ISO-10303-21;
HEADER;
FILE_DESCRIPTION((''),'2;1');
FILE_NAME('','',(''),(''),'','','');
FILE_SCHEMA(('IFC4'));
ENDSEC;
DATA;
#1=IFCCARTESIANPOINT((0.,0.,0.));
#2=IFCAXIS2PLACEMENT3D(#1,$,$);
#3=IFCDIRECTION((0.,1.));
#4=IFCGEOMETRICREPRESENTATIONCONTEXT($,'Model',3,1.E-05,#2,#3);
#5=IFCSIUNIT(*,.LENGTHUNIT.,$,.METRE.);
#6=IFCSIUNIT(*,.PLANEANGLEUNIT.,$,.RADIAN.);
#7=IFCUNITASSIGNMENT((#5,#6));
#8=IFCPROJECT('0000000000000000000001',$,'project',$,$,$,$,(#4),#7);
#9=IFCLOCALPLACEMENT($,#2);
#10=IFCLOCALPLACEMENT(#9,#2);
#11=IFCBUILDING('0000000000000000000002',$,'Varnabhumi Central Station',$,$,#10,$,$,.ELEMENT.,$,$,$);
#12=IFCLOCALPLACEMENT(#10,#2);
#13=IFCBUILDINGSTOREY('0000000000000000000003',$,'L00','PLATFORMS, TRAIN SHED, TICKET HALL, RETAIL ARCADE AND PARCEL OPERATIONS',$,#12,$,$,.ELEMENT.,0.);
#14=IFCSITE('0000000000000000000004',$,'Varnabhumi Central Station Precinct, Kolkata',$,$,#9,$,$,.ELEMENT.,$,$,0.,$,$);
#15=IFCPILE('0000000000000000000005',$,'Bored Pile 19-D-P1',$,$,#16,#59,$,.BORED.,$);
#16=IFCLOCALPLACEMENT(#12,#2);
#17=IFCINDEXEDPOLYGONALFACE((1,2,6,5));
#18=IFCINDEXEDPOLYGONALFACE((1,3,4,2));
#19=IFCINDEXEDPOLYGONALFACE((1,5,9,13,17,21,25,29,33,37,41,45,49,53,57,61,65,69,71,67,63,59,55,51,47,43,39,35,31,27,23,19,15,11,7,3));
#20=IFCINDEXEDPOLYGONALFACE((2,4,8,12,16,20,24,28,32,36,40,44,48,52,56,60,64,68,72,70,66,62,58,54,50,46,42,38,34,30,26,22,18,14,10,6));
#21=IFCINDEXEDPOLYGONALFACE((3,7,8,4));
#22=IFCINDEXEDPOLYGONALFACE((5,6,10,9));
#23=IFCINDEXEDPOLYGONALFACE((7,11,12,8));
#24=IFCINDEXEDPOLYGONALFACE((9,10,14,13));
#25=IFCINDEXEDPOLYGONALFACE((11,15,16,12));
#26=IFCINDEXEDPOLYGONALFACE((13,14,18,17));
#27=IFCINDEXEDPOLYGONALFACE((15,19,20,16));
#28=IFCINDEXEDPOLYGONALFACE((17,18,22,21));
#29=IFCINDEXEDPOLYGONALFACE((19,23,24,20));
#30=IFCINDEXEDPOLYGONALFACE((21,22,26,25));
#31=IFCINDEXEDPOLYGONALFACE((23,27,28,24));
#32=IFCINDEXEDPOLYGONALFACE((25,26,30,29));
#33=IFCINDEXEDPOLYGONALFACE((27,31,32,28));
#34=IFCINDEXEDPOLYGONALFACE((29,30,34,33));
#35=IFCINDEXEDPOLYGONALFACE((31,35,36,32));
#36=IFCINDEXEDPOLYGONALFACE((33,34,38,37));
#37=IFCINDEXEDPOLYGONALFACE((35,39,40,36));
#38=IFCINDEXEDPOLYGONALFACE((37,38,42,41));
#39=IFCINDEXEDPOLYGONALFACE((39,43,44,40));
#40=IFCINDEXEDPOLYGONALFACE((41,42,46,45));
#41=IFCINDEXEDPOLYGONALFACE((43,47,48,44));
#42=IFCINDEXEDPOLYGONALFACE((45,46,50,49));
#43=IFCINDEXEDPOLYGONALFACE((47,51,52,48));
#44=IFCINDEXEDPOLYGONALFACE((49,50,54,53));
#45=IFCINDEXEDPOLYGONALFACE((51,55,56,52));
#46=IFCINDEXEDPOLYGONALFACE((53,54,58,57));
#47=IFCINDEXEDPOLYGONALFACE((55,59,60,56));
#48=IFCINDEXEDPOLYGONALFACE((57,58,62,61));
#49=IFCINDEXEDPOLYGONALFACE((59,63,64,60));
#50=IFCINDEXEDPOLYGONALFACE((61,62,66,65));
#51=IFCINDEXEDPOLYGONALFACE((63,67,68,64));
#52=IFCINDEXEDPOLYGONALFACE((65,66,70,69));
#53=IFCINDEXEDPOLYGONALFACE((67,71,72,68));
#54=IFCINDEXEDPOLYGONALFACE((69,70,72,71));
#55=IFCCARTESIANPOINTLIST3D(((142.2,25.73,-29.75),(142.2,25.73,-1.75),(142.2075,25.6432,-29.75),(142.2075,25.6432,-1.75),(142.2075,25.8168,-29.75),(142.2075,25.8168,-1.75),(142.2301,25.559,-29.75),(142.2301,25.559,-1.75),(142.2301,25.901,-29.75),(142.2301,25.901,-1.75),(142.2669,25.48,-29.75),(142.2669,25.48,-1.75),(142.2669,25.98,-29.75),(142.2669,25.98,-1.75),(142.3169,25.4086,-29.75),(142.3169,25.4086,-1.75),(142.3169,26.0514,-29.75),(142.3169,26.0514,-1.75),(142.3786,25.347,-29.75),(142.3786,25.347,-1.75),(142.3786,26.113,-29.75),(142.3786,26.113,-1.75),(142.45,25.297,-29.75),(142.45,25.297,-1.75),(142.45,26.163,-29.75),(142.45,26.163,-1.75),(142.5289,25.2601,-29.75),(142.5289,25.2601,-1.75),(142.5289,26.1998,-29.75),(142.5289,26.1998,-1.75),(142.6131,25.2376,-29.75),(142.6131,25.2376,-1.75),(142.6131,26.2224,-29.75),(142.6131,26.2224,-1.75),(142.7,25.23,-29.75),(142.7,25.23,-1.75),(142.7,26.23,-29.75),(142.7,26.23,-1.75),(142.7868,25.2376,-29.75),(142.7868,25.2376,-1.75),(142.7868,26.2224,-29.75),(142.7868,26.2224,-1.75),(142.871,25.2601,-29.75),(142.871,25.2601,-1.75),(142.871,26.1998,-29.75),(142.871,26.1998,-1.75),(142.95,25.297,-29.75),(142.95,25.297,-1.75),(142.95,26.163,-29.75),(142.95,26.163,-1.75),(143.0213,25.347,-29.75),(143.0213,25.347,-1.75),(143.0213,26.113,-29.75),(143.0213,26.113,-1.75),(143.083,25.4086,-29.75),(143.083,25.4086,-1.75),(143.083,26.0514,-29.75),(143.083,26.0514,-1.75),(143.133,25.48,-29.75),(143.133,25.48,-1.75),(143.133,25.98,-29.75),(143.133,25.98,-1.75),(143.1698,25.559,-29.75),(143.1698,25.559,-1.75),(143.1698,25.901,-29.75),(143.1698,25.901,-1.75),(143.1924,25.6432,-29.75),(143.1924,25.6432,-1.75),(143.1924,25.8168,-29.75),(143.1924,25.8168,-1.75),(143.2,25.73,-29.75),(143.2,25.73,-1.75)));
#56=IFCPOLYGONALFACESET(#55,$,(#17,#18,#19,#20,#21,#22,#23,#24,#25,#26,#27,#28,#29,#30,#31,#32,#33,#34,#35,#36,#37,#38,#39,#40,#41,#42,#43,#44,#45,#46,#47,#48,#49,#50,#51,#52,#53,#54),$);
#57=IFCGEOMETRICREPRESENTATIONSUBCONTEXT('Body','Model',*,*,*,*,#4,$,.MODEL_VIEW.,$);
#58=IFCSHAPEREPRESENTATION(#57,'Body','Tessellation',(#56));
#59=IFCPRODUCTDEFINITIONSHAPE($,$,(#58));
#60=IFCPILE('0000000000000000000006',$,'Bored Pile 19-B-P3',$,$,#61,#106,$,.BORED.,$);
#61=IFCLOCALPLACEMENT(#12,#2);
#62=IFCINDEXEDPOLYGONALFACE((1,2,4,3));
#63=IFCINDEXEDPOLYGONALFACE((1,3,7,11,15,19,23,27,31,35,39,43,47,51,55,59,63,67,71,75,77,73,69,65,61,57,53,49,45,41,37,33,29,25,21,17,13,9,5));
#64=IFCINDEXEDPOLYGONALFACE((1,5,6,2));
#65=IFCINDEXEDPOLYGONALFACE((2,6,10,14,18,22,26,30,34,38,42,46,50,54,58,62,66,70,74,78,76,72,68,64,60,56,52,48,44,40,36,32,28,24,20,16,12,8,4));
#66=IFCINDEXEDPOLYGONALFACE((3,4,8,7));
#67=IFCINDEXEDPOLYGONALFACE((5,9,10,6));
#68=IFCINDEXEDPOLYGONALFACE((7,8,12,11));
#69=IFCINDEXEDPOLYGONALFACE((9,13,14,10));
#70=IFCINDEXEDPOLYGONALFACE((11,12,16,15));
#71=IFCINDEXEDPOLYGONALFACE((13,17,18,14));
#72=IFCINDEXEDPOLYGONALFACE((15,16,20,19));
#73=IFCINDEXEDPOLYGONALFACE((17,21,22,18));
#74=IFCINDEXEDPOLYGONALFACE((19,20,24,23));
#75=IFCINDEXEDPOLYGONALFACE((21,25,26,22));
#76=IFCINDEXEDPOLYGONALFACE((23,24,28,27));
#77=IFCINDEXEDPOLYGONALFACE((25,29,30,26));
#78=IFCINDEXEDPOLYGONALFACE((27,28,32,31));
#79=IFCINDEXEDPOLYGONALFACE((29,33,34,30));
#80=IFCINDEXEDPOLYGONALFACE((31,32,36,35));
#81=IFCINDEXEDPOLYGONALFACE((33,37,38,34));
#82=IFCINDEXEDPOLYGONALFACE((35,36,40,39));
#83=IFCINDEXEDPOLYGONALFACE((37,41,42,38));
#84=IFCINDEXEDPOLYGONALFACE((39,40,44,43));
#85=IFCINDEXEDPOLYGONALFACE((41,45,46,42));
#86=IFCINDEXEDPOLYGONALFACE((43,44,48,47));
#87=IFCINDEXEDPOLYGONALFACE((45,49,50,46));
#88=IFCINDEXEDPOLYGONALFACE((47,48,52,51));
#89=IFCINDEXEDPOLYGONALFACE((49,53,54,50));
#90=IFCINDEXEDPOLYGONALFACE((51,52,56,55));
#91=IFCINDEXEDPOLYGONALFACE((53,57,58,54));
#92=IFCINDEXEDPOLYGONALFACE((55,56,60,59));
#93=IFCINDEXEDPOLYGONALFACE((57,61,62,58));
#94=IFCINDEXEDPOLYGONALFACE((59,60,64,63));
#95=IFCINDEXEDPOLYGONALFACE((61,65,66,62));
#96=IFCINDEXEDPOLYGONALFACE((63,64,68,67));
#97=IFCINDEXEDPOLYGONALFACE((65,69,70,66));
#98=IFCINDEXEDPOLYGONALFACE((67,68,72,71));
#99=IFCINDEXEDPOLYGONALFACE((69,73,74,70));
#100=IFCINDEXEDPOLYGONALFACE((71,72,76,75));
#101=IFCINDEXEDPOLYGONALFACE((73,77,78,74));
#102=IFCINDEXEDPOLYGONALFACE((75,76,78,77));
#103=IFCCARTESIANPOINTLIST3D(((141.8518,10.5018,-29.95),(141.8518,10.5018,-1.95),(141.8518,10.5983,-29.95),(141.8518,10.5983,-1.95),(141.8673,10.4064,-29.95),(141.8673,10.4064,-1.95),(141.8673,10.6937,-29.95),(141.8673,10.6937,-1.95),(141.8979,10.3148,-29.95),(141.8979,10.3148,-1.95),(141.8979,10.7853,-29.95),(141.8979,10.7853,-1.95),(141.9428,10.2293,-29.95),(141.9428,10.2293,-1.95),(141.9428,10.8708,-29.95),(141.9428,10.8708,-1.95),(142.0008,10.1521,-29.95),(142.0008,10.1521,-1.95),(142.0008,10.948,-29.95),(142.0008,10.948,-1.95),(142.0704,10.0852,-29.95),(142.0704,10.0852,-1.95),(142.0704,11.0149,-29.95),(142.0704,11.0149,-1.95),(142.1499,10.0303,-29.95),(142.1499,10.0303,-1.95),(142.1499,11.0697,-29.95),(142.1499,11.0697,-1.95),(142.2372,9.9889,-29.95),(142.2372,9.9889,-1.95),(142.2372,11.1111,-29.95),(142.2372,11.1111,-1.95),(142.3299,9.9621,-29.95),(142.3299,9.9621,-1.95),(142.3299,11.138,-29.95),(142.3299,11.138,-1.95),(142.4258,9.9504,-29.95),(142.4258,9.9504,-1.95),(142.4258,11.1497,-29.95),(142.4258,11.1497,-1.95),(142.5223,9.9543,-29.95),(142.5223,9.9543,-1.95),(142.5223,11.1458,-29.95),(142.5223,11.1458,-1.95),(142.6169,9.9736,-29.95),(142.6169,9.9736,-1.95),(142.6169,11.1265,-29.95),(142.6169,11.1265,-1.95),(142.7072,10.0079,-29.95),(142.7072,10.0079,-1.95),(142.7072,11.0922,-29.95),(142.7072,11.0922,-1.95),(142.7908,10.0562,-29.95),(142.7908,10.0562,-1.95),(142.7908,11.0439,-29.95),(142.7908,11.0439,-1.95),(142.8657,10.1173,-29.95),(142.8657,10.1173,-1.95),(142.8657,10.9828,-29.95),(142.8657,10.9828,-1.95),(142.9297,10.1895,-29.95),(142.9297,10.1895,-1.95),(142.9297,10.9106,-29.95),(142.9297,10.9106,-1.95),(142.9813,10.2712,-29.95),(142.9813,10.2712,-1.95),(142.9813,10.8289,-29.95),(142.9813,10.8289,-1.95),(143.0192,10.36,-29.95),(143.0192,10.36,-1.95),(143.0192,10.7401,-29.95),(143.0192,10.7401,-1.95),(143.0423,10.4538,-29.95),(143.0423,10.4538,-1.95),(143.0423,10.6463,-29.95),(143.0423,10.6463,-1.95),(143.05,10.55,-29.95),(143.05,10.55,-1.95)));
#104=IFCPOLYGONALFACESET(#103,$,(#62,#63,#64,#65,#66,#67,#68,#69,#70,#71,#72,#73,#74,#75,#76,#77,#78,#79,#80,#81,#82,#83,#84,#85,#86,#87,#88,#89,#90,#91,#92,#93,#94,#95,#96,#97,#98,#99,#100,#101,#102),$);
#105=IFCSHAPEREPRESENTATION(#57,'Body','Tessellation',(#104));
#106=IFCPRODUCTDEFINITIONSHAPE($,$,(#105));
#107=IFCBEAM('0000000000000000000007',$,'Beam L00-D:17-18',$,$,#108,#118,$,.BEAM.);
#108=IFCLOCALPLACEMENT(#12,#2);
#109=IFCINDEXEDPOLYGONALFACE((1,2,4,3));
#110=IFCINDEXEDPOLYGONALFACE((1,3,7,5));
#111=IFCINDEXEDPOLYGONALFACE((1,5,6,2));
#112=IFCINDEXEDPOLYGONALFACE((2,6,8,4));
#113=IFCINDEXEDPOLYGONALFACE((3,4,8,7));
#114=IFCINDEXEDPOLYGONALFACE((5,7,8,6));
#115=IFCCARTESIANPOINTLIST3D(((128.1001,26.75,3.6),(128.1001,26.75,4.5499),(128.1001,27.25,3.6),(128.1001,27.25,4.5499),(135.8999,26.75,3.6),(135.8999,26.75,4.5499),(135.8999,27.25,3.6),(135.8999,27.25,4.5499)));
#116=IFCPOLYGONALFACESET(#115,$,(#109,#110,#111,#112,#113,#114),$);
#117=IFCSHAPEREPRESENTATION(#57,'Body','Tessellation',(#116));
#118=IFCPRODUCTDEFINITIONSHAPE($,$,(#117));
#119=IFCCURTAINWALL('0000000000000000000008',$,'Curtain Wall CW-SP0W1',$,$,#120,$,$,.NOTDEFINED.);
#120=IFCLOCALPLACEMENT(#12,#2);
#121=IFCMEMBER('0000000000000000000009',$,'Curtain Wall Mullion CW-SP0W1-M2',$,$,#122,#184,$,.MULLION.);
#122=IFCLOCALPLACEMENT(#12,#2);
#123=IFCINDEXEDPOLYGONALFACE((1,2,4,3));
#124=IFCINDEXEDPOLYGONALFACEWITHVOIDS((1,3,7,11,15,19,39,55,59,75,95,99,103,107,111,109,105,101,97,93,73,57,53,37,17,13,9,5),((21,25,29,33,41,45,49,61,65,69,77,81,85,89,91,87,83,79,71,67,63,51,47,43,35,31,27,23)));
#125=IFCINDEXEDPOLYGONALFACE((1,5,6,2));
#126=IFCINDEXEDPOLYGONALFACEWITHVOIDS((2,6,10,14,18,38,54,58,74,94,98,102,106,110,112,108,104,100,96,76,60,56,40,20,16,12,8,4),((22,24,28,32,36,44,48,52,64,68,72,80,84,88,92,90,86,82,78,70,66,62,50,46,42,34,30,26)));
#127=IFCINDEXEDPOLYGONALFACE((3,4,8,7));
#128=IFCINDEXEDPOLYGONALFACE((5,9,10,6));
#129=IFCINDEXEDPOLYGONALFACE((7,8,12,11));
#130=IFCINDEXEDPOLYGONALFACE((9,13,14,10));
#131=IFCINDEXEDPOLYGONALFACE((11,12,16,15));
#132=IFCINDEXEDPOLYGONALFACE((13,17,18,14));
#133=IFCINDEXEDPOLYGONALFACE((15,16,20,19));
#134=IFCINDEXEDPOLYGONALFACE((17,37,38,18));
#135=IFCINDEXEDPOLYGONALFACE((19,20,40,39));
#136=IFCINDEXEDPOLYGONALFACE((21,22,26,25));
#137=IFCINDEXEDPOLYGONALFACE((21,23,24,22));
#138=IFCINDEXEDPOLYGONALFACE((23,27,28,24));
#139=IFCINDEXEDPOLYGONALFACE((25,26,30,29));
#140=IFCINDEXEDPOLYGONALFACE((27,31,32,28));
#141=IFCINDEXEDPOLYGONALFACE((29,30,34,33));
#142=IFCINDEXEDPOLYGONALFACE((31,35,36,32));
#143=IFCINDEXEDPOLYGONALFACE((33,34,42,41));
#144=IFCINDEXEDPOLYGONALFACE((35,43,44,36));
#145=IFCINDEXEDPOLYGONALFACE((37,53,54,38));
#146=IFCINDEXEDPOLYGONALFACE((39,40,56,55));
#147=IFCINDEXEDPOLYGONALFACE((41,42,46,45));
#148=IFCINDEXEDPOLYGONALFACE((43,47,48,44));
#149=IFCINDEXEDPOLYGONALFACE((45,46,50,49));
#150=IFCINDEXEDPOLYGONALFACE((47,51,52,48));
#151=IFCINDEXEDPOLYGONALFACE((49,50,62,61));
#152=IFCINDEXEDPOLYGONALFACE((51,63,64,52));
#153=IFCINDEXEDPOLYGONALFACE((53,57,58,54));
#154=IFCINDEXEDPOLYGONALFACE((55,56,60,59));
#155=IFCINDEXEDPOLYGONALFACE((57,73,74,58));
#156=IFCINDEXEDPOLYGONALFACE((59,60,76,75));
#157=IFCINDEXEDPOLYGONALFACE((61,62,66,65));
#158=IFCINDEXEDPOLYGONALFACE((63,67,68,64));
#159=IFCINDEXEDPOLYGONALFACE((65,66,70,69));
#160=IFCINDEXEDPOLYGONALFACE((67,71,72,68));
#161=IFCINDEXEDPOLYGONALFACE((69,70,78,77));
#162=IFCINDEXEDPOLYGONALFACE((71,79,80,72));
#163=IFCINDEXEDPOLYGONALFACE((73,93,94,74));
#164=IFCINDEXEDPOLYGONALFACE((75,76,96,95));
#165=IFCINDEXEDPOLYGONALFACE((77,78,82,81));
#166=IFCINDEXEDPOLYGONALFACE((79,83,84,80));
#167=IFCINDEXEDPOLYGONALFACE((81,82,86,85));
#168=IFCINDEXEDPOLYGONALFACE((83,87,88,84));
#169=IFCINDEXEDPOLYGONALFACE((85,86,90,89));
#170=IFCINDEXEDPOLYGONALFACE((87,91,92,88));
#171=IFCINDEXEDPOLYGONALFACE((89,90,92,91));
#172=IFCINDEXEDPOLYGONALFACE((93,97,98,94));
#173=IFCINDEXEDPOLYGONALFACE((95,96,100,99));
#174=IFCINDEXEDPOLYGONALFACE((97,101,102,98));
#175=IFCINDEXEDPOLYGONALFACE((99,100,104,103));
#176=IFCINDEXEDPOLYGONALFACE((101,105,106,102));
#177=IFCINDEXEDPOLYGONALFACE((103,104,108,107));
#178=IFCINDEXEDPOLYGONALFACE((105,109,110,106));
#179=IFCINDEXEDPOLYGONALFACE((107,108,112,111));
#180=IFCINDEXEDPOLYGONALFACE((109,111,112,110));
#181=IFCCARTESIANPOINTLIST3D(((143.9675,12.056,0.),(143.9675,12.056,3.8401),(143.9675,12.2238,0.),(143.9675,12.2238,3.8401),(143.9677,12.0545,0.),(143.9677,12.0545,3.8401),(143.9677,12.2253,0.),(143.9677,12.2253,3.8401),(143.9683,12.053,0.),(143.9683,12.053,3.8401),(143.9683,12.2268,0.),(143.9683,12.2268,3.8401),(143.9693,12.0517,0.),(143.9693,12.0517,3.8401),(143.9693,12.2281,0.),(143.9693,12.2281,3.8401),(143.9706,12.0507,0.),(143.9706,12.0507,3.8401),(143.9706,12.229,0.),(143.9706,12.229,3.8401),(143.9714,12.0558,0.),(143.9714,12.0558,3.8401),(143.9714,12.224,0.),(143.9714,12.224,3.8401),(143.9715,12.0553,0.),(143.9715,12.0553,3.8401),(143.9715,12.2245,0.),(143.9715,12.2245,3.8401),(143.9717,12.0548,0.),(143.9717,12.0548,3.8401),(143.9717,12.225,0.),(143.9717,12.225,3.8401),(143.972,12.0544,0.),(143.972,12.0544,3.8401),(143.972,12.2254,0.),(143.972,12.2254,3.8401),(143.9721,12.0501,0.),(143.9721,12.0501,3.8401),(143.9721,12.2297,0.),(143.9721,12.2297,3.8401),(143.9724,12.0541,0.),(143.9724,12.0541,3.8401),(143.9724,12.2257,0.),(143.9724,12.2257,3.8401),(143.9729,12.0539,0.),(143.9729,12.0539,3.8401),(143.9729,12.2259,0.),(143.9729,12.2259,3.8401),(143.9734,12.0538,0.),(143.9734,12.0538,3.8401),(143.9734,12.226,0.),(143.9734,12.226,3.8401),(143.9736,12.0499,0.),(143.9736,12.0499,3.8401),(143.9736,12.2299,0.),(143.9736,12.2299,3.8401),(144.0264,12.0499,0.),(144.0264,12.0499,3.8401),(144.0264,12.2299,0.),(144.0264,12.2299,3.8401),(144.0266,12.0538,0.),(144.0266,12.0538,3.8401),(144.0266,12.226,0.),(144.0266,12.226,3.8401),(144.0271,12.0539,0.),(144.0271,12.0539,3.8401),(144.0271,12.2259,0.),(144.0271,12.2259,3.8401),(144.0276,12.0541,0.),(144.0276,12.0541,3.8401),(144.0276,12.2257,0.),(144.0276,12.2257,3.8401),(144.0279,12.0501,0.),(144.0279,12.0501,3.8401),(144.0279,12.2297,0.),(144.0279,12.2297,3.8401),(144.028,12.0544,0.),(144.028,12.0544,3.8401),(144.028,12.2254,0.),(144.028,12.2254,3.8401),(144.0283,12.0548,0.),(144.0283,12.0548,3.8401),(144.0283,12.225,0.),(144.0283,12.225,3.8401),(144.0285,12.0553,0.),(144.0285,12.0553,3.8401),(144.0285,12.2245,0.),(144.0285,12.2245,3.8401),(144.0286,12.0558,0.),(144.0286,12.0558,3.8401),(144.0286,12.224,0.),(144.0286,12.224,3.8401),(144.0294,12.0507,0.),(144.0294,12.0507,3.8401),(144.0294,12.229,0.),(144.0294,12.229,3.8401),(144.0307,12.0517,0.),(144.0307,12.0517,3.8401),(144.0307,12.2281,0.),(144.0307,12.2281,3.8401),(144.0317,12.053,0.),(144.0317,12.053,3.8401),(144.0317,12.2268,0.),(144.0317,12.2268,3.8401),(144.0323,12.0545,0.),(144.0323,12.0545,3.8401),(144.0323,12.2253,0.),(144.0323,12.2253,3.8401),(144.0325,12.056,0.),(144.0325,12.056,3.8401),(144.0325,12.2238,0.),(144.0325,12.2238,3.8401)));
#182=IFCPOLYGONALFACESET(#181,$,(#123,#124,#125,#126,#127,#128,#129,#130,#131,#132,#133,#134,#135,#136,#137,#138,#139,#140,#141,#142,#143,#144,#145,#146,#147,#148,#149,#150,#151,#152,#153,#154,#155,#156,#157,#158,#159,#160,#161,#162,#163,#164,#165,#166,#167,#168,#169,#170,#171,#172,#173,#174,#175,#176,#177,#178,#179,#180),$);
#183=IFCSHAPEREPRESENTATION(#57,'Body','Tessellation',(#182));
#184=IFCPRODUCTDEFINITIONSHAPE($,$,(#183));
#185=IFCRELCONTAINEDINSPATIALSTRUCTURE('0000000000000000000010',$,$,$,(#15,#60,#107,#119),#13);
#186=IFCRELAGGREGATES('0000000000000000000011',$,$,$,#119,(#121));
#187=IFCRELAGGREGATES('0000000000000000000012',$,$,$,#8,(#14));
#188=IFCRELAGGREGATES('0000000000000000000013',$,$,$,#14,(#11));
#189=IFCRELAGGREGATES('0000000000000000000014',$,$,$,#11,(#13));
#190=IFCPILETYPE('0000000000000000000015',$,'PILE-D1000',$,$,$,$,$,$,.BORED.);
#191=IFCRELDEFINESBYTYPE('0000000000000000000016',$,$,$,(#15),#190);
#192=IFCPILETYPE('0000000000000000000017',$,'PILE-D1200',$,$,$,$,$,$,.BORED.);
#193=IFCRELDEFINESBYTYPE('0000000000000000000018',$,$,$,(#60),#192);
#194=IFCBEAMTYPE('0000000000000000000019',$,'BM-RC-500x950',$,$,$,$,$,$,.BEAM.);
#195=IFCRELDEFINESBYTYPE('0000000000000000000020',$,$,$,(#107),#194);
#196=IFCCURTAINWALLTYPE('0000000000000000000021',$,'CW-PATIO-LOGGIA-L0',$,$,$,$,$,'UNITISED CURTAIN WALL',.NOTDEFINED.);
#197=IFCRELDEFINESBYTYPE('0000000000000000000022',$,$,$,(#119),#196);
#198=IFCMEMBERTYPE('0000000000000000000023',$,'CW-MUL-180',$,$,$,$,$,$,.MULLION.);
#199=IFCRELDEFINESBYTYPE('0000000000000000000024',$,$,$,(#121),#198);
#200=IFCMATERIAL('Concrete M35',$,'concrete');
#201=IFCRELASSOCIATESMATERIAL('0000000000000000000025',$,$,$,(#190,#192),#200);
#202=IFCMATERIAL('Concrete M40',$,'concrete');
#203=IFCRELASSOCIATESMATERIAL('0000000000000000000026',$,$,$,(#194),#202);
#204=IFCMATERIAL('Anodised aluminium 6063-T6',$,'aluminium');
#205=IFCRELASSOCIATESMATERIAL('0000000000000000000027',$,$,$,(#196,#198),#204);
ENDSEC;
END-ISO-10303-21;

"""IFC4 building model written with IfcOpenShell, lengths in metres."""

from ifc_helpers import new_model, si_unit, direction, frame, origin, origin_2d, place, context, subcontext, project, spatial, rectangle, hollow_rectangle, circle, extrude, material, material_profile, profile_set, type_object, element, aggregate, save


model = new_model("IFC4")

# Units and contexts
model_context = context("Model", 3, precision=1e-05, world=origin(), true_north=direction((0.0, 1.0)))
body_context = subcontext(model_context, "Body", "Model", "MODEL_VIEW")
ifc_project = project(units=[si_unit("LENGTHUNIT", "METRE"), si_unit("PLANEANGLEUNIT", "RADIAN")], contexts=[model_context])

# Site, building, storey
site_placement = place(None, origin())
site = spatial("IfcSite", under=ifc_project, at=site_placement, Name="Varnabhumi Central Station Precinct, Kolkata", CompositionType="ELEMENT", RefElevation=0.0)
building_placement = place(site_placement, origin())
building = spatial("IfcBuilding", under=site, at=building_placement, Name="Varnabhumi Central Station", CompositionType="ELEMENT")
storey_placement = place(building_placement, origin())
storey = spatial("IfcBuildingStorey", under=building, at=storey_placement, Name="L00", Description="PLATFORMS, TRAIN SHED, TICKET HALL, RETAIL ARCADE AND PARCEL OPERATIONS", CompositionType="ELEMENT", Elevation=0.0)

# Shared definitions
ifc_material_1 = material(Name="Concrete M40", Category="concrete")

# Piles
ifc_material_2 = material(Name="Concrete M35", Category="concrete")
ifc_material_profile_1 = material_profile(ifc_material_2, circle(Radius=0.5, at=origin_2d()), Name="Concrete M35", Category="concrete")
ifc_profile_set_1 = profile_set([ifc_material_profile_1], Name="Concrete M35")
pile_type_1 = type_object("IfcPileType", Name="PILE-D1000", PredefinedType="BORED", material=ifc_profile_set_1)
for number, where, z_axis, x_axis, name in (
    (1, (142.7, 25.73, -1.75), (0.0, 0.0, -1.0), (1.0, 0.0, 0.0), "Bored Pile 19-D-P1"),
):
    element("IfcPile", number, at=place(storey_placement, frame(where, z_axis=z_axis, x_axis=x_axis)), inside=storey, type_object=pile_type_1, Name=name, PredefinedType="BORED", context=body_context, shape_type="SweptSolid", body=[
        extrude(circle(Radius=0.5, at=origin_2d()), origin(), (0.0, 0.0, 1.0), 28.0),
    ])
ifc_material_profile_2 = material_profile(ifc_material_2, circle(Radius=0.6001, at=origin_2d()), Name="Concrete M35", Category="concrete")
ifc_profile_set_2 = profile_set([ifc_material_profile_2], Name="Concrete M35")
pile_type_2 = type_object("IfcPileType", Name="PILE-D1200", PredefinedType="BORED", material=ifc_profile_set_2)
pile_placement = place(storey_placement, frame((142.45, 10.55, -1.95), z_axis=(0.0, 0.0, -1.0), x_axis=(1.0, 0.0, 0.0)))
element("IfcPile", 2, at=pile_placement, inside=storey, type_object=pile_type_2, Name="Bored Pile 19-B-P3", PredefinedType="BORED", context=body_context, shape_type="SweptSolid", body=[
    extrude(circle(Radius=0.6001, at=origin_2d()), origin(), (0.0, 0.0, 1.0), 28.0),
])

# Beam
ifc_material_profile_3 = material_profile(ifc_material_1, rectangle(XDim=0.5, YDim=0.95, at=origin_2d()), Name="Concrete M40", Category="concrete")
ifc_profile_set_3 = profile_set([ifc_material_profile_3], Name="Concrete M40")
beam_type = type_object("IfcBeamType", Name="BM-RC-500x950", PredefinedType="BEAM", material=ifc_profile_set_3)
beam_placement = place(storey_placement, frame((128.1001, 27.0, 4.075), z_axis=(1.0, 0.0, 0.0), x_axis=(0.0, 1.0, 0.0)))
element("IfcBeam", 3, at=beam_placement, inside=storey, type_object=beam_type, Name="Beam L00-D:17-18", PredefinedType="BEAM", context=body_context, shape_type="SweptSolid", body=[
    extrude(rectangle(XDim=0.5, YDim=0.95, at=origin_2d()), origin(), (0.0, 0.0, 1.0), 7.7998),
])

# Curtain wall, member
ifc_material_3 = material(Name="Anodised aluminium 6063-T6", Category="aluminium")
curtain_wall_type = type_object("IfcCurtainWallType", Name="CW-PATIO-LOGGIA-L0", ElementType="UNITISED CURTAIN WALL", PredefinedType="NOTDEFINED", material=ifc_material_3)
curtain_wall_1_placement = place(storey_placement, origin())
curtain_wall_1 = element("IfcCurtainWall", 4, at=curtain_wall_1_placement, inside=storey, type_object=curtain_wall_type, Name="Curtain Wall CW-SP0W1", PredefinedType="NOTDEFINED")
ifc_material_profile_4 = material_profile(ifc_material_3, hollow_rectangle(XDim=0.0649, YDim=0.1799, WallThickness=0.0039, InnerFilletRadius=0.002, OuterFilletRadius=0.0061, at=origin_2d()), Name="Anodised aluminium 6063-T6", Category="aluminium")
ifc_profile_set_4 = profile_set([ifc_material_profile_4], Name="Anodised aluminium 6063-T6")
member_type_1 = type_object("IfcMemberType", Name="CW-MUL-180", PredefinedType="MULLION", material=ifc_profile_set_4)
member_1_placement = place(storey_placement, frame((144.0, 12.1399, 0.0), z_axis=(0.0, 0.0, 1.0), x_axis=(1.0, 0.0, 0.0)))
member_1 = element("IfcMember", 5, at=member_1_placement, type_object=member_type_1, Name="Curtain Wall Mullion CW-SP0W1-M2", PredefinedType="MULLION", context=body_context, shape_type="SweptSolid", body=[
    extrude(hollow_rectangle(XDim=0.0649, YDim=0.1799, WallThickness=0.0039, InnerFilletRadius=0.002, OuterFilletRadius=0.0061, at=origin_2d()), origin(), (0.0, 0.0, 1.0), 3.8401),
])

aggregate(curtain_wall_1, [member_1])

save(model, "model.ifc")
